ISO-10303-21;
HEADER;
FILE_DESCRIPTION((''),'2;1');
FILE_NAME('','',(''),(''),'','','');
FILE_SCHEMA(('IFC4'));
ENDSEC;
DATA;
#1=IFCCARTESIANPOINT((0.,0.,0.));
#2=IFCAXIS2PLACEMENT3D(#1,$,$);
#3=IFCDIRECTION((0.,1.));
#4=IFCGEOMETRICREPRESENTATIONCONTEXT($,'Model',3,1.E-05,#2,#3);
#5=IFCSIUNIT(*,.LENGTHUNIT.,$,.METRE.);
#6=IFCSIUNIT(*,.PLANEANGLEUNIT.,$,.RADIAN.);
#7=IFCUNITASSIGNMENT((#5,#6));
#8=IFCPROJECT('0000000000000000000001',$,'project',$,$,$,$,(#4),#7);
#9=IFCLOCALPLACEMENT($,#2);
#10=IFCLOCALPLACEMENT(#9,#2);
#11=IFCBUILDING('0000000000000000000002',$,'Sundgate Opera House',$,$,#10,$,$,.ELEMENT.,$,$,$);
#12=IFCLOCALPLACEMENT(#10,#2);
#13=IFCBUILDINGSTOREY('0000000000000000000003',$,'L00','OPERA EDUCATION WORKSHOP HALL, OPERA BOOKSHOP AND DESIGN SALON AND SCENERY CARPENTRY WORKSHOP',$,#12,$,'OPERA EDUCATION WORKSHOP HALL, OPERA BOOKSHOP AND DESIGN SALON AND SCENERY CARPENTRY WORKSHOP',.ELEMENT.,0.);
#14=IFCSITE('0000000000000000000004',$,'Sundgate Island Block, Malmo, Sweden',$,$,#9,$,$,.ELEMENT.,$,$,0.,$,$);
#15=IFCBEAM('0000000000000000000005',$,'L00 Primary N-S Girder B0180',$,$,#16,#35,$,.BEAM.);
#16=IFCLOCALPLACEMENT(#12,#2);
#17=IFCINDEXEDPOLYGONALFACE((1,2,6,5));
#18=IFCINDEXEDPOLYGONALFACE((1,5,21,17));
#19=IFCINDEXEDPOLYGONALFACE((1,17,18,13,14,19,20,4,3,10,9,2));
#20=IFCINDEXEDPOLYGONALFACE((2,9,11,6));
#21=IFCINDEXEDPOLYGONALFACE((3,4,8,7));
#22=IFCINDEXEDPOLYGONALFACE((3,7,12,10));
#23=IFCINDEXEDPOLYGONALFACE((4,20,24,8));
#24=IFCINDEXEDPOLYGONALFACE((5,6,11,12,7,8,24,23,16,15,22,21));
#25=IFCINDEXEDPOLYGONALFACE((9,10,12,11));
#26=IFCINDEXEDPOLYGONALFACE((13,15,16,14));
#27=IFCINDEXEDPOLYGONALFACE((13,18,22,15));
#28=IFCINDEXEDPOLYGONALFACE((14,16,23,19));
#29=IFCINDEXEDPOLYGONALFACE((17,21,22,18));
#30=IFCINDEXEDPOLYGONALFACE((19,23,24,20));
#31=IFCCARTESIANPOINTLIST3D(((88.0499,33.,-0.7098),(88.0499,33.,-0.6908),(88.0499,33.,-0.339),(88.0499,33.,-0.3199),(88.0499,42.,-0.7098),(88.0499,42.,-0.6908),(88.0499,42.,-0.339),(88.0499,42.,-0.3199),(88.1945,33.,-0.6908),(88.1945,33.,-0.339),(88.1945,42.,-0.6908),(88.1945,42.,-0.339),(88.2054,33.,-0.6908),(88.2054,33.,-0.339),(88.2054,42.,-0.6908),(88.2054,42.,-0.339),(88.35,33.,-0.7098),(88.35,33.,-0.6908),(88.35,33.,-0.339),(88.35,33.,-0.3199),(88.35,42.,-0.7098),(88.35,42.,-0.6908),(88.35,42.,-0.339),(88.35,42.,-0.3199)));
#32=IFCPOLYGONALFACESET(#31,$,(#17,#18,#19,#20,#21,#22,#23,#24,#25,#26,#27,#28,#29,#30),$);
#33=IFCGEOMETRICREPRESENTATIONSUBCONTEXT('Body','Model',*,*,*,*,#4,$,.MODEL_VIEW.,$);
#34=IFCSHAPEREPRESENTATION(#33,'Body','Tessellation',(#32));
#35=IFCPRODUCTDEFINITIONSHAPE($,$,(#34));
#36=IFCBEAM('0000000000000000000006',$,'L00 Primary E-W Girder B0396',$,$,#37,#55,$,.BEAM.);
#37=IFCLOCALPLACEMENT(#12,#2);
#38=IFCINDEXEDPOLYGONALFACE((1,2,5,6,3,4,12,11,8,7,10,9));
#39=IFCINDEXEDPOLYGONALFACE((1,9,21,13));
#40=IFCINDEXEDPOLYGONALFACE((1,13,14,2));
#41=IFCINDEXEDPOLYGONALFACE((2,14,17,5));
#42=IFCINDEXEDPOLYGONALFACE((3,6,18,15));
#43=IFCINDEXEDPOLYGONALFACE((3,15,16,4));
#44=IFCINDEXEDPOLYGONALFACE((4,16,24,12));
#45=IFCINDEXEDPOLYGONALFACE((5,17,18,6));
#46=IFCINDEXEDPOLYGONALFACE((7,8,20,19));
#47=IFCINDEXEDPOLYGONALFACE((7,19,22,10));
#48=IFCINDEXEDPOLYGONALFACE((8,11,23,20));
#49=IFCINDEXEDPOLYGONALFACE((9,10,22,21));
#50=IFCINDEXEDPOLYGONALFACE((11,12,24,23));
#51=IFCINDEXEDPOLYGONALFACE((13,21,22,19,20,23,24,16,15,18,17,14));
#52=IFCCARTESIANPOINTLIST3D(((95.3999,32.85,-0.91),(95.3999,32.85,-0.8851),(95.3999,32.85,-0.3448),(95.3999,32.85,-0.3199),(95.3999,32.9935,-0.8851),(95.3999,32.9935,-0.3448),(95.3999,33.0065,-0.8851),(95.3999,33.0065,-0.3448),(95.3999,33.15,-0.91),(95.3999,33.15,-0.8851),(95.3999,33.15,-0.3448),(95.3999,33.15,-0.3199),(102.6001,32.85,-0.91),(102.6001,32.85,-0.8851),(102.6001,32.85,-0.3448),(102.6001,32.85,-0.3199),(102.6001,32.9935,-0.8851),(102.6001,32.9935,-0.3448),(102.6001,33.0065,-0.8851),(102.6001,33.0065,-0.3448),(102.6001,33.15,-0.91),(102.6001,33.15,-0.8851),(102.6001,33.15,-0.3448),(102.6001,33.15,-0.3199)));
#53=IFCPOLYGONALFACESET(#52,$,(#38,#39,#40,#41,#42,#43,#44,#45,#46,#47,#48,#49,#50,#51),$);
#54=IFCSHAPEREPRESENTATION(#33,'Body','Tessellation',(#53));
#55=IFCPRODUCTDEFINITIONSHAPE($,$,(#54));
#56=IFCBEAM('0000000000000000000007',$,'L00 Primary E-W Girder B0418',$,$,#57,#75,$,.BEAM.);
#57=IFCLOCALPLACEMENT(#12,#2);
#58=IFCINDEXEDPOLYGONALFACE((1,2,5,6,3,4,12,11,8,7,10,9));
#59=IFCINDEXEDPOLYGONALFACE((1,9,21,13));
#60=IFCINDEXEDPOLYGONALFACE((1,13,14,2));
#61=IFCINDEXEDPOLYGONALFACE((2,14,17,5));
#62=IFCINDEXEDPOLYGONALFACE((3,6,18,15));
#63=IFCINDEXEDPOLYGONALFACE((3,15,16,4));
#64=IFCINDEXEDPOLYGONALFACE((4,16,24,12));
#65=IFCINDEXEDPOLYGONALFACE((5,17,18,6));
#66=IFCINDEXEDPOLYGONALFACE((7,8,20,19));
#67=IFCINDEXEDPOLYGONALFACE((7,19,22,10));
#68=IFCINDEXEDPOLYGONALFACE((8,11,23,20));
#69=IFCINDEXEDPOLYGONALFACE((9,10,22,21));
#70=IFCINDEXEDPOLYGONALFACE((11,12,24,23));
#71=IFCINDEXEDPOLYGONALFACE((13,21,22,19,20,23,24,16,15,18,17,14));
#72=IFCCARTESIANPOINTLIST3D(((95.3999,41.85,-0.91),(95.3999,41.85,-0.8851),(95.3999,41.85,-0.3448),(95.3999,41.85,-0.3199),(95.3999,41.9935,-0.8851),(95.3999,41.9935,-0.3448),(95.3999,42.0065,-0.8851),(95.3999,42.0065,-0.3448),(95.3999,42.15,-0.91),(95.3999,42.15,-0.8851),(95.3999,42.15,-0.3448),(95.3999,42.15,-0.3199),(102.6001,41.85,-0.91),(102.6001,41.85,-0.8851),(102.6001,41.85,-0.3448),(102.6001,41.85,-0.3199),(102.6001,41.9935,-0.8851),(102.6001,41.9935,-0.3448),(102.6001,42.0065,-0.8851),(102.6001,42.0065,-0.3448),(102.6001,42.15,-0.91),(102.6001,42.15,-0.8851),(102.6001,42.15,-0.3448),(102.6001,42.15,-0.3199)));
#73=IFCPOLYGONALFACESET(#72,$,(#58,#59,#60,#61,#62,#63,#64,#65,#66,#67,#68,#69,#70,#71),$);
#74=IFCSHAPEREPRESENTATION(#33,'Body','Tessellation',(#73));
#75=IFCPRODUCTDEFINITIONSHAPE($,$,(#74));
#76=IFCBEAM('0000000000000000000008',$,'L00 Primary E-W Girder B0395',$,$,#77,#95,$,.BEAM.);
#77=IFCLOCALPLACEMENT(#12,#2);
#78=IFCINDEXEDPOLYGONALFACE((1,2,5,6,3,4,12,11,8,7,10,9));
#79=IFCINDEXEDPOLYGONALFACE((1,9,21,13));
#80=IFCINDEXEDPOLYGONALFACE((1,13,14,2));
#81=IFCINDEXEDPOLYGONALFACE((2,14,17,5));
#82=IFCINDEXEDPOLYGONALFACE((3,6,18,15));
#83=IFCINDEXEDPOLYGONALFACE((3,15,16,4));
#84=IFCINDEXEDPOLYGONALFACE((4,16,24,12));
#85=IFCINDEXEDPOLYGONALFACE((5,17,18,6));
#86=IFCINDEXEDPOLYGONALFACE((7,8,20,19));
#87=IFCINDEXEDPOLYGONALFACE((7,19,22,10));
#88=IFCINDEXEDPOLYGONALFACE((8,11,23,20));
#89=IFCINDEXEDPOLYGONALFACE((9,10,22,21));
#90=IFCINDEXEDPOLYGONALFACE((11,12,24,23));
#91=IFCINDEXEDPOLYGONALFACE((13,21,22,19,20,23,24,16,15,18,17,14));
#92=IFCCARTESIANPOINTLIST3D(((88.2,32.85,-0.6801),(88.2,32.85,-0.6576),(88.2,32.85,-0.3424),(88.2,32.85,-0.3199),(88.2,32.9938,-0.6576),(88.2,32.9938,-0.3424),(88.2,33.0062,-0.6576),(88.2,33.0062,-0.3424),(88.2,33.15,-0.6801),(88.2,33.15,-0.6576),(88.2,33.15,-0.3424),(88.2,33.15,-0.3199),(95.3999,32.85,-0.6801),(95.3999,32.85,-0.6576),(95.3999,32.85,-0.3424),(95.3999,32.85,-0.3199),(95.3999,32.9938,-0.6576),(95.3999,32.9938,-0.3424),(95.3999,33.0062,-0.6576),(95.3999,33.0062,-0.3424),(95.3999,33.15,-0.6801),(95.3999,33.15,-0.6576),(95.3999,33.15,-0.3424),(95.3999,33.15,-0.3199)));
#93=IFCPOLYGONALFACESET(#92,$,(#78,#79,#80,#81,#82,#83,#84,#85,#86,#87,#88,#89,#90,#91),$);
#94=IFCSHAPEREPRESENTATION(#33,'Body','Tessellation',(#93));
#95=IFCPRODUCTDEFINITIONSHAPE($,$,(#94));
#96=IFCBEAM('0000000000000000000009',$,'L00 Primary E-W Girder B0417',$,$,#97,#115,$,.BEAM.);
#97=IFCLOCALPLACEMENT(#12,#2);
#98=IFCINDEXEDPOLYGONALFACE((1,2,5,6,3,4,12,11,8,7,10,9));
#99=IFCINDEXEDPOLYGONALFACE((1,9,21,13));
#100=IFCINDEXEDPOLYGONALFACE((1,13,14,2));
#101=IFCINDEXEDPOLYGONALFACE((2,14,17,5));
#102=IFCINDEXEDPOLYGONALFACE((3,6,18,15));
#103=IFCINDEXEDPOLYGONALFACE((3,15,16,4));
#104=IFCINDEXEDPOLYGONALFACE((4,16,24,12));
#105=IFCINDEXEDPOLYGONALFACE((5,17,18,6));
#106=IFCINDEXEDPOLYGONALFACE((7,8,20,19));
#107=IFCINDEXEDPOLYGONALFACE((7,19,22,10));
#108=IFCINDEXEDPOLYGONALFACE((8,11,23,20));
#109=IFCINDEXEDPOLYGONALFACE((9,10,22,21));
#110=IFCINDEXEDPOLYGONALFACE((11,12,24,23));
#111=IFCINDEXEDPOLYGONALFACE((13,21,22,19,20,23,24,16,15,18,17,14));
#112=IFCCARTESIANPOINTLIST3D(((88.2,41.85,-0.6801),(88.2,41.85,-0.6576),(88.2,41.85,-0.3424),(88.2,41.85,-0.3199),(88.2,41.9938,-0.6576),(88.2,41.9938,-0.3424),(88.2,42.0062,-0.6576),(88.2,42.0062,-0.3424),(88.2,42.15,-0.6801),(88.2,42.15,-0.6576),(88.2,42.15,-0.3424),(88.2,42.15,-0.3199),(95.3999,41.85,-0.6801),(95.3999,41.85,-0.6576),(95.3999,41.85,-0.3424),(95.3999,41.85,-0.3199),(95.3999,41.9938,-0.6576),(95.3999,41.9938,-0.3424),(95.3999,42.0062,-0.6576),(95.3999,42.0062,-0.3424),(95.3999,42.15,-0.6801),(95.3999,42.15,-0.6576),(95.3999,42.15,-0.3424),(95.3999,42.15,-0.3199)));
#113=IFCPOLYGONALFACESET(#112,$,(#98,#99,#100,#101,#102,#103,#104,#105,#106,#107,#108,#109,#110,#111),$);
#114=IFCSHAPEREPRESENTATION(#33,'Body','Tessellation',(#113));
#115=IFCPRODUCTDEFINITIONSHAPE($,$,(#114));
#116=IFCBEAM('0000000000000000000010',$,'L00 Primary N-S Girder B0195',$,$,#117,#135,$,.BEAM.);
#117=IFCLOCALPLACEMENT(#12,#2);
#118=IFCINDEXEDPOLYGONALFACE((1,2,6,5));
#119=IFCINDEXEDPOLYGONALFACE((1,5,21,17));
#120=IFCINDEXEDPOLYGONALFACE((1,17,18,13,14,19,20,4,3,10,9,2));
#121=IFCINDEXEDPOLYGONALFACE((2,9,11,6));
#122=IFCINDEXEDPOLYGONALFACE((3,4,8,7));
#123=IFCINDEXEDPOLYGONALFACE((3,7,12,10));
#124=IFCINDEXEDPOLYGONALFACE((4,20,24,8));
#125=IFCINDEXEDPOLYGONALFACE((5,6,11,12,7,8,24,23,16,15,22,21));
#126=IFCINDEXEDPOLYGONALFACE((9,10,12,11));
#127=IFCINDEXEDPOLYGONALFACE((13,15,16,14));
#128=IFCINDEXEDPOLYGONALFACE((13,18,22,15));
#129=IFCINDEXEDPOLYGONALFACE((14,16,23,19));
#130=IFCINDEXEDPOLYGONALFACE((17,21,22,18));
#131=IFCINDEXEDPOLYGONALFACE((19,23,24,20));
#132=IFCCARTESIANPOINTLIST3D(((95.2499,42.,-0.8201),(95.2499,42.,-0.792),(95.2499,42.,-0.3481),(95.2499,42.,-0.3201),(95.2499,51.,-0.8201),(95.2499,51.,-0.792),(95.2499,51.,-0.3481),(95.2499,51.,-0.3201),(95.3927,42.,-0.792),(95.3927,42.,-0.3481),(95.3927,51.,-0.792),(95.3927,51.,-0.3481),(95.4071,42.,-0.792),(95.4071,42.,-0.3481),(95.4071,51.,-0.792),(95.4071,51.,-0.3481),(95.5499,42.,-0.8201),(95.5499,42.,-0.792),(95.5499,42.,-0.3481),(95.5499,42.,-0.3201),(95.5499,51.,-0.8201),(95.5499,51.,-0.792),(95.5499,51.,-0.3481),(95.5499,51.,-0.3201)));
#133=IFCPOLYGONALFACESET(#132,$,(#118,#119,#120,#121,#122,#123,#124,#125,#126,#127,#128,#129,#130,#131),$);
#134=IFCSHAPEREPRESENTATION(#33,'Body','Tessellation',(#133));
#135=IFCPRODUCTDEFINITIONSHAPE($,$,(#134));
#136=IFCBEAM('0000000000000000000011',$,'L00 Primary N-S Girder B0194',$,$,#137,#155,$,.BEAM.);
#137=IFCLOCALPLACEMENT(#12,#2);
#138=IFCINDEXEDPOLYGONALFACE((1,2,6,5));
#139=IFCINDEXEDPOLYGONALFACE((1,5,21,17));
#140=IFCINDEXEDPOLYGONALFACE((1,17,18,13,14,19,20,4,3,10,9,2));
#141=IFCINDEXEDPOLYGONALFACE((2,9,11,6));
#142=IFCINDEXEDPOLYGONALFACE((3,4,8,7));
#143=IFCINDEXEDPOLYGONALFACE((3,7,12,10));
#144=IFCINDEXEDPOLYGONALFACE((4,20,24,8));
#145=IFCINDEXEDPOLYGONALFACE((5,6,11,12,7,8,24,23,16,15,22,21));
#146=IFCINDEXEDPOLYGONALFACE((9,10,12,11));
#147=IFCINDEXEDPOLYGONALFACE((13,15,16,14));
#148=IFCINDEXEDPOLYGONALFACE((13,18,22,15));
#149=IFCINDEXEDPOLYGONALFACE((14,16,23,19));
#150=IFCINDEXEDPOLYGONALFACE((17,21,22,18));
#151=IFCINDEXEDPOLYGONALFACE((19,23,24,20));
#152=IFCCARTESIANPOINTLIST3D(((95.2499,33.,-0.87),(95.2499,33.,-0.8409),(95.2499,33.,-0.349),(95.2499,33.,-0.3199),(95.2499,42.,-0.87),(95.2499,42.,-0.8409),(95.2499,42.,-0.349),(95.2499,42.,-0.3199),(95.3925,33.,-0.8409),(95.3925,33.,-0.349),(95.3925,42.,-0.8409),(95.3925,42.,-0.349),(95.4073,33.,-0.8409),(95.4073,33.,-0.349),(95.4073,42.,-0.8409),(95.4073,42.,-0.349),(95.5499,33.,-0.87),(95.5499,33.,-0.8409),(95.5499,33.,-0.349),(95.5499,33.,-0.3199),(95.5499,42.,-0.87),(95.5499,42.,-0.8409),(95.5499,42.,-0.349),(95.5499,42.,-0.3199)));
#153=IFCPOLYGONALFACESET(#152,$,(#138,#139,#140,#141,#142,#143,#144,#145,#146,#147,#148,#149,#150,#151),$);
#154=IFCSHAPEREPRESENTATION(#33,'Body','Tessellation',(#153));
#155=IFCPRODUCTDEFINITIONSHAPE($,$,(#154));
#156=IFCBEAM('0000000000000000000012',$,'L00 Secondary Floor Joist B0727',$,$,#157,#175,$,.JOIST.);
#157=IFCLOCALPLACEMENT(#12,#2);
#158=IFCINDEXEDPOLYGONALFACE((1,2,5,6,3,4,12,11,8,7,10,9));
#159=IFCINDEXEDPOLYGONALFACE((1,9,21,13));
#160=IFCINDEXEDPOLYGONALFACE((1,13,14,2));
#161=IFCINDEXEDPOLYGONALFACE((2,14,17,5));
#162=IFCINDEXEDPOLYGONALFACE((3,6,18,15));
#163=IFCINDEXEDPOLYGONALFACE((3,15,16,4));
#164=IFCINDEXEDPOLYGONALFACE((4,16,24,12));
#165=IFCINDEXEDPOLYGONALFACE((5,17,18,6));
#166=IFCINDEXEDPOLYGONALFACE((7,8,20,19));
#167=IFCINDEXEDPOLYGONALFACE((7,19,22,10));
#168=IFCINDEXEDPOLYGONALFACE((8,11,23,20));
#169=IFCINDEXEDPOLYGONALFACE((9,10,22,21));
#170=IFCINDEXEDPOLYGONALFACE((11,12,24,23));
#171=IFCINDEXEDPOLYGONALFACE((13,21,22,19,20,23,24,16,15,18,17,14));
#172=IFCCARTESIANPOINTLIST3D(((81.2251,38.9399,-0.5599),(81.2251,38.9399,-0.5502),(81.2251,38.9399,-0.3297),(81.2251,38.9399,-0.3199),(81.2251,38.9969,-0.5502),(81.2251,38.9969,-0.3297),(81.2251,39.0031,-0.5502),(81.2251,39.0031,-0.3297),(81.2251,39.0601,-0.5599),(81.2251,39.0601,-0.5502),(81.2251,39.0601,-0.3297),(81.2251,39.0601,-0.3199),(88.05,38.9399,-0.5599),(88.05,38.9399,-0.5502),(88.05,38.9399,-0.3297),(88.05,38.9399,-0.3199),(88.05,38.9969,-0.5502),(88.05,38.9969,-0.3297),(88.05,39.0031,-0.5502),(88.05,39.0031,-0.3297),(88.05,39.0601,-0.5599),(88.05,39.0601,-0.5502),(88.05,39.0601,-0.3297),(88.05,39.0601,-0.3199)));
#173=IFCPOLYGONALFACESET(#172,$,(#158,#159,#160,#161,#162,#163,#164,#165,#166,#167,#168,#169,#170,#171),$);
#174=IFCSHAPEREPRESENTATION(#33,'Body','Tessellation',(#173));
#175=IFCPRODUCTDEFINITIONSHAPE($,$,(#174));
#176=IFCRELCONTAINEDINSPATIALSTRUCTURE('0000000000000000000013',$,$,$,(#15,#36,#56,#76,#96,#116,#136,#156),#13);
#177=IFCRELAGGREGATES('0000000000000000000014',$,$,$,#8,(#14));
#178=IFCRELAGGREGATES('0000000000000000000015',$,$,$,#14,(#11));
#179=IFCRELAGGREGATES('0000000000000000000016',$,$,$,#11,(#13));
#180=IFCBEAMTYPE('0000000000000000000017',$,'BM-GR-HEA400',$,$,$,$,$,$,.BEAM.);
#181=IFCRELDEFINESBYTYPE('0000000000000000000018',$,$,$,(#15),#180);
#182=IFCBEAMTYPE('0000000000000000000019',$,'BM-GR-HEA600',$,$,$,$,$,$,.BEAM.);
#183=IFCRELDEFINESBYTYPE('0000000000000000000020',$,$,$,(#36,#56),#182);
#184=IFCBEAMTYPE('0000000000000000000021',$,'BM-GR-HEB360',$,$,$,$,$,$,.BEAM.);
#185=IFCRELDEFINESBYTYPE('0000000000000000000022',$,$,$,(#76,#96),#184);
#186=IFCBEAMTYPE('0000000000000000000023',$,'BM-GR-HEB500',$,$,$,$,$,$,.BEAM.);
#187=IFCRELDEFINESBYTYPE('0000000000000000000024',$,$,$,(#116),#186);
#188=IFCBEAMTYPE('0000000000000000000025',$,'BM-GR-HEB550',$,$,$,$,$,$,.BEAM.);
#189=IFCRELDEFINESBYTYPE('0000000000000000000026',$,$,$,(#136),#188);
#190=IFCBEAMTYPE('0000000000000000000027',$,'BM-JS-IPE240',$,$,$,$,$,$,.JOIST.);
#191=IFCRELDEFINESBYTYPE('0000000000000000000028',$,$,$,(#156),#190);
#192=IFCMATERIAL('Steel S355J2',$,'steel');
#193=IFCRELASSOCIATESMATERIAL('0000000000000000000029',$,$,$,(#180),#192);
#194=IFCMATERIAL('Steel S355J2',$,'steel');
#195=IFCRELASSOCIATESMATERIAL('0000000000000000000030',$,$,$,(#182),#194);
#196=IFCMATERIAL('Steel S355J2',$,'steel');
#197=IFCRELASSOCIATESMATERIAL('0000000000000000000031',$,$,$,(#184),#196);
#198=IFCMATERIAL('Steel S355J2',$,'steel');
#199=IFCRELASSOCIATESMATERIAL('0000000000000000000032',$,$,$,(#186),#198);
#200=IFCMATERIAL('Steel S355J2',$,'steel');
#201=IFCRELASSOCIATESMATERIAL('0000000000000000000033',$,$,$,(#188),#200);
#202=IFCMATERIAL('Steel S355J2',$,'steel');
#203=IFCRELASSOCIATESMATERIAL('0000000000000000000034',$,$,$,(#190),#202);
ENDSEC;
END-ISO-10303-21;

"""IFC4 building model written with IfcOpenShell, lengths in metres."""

from ifc_helpers import new_model, si_unit, direction, frame, origin, origin_2d, place, context, subcontext, project, spatial, i_section, extrude, material, material_profile, profile_set, type_object, element, save


model = new_model("IFC4")

# Units and contexts
model_context = context("Model", 3, precision=1e-05, world=origin(), true_north=direction((0.0, 1.0)))
body_context = subcontext(model_context, "Body", "Model", "MODEL_VIEW")
ifc_project = project(units=[si_unit("LENGTHUNIT", "METRE"), si_unit("PLANEANGLEUNIT", "RADIAN")], contexts=[model_context])

# Site, building, storey
site_placement = place(None, origin())
site = spatial("IfcSite", under=ifc_project, at=site_placement, Name="Sundgate Island Block, Malmo, Sweden", CompositionType="ELEMENT", RefElevation=0.0)
building_placement = place(site_placement, origin())
building = spatial("IfcBuilding", under=site, at=building_placement, Name="Sundgate Opera House", CompositionType="ELEMENT")
storey_placement = place(building_placement, origin())
storey = spatial("IfcBuildingStorey", under=building, at=storey_placement, Name="L00", Description="OPERA EDUCATION WORKSHOP HALL, OPERA BOOKSHOP AND DESIGN SALON AND SCENERY CARPENTRY WORKSHOP", LongName="OPERA EDUCATION WORKSHOP HALL, OPERA BOOKSHOP AND DESIGN SALON AND SCENERY CARPENTRY WORKSHOP", CompositionType="ELEMENT", Elevation=0.0)

# Beams
ifc_material_1 = material(Name="Steel S355J2", Category="steel")
ifc_material_profile_1 = material_profile(ifc_material_1, i_section(OverallWidth=0.3, OverallDepth=0.3899, WebThickness=0.011, FlangeThickness=0.019, at=origin_2d()), Name="HEA 400")
ifc_profile_set_1 = profile_set([ifc_material_profile_1], Name="Steel S355J2")
beam_type_1 = type_object("IfcBeamType", Name="BM-GR-HEA400", PredefinedType="BEAM", material=ifc_profile_set_1)
beam_1_placement = place(storey_placement, frame((88.2, 33.0, -0.5149), z_axis=(0.0, 1.0, 0.0), x_axis=(-1.0, 0.0, 0.0)))
element("IfcBeam", 1, at=beam_1_placement, inside=storey, type_object=beam_type_1, Name="L00 Primary N-S Girder B0180", PredefinedType="BEAM", context=body_context, shape_type="SweptSolid", body=[
    extrude(i_section(OverallWidth=0.3, OverallDepth=0.3899, WebThickness=0.011, FlangeThickness=0.019, at=origin_2d()), origin(), (0.0, 0.0, 1.0), 9.0),
])
ifc_material_2 = material(Name="Steel S355J2", Category="steel")
ifc_material_profile_2 = material_profile(ifc_material_2, i_section(OverallWidth=0.3, OverallDepth=0.5901, WebThickness=0.0129, FlangeThickness=0.0249, at=origin_2d()), Name="HEA 600")
ifc_profile_set_2 = profile_set([ifc_material_profile_2], Name="Steel S355J2")
beam_type_2 = type_object("IfcBeamType", Name="BM-GR-HEA600", PredefinedType="BEAM", material=ifc_profile_set_2)
for number, where, z_axis, x_axis, name in (
    (2, (95.3999, 33.0, -0.615), (1.0, 0.0, 0.0), (0.0, 1.0, 0.0), "L00 Primary E-W Girder B0396"),
    (3, (95.3999, 42.0, -0.615), (1.0, 0.0, 0.0), (0.0, 1.0, 0.0), "L00 Primary E-W Girder B0418"),
):
    element("IfcBeam", number, at=place(storey_placement, frame(where, z_axis=z_axis, x_axis=x_axis)), inside=storey, type_object=beam_type_2, Name=name, PredefinedType="BEAM", context=body_context, shape_type="SweptSolid", body=[
        extrude(i_section(OverallWidth=0.3, OverallDepth=0.5901, WebThickness=0.0129, FlangeThickness=0.0249, at=origin_2d()), origin(), (0.0, 0.0, 1.0), 7.2002),
    ])
ifc_material_3 = material(Name="Steel S355J2", Category="steel")
ifc_material_profile_3 = material_profile(ifc_material_3, i_section(OverallWidth=0.3, OverallDepth=0.3601, WebThickness=0.0125, FlangeThickness=0.0225, at=origin_2d()), Name="HEB 360")
ifc_profile_set_3 = profile_set([ifc_material_profile_3], Name="Steel S355J2")
beam_type_3 = type_object("IfcBeamType", Name="BM-GR-HEB360", PredefinedType="BEAM", material=ifc_profile_set_3)
for number, where, z_axis, x_axis, name in (
    (4, (88.2, 33.0, -0.5), (1.0, 0.0, 0.0), (0.0, 1.0, 0.0), "L00 Primary E-W Girder B0395"),
    (5, (88.2, 42.0, -0.5), (1.0, 0.0, 0.0), (0.0, 1.0, 0.0), "L00 Primary E-W Girder B0417"),
):
    element("IfcBeam", number, at=place(storey_placement, frame(where, z_axis=z_axis, x_axis=x_axis)), inside=storey, type_object=beam_type_3, Name=name, PredefinedType="BEAM", context=body_context, shape_type="SweptSolid", body=[
        extrude(i_section(OverallWidth=0.3, OverallDepth=0.3601, WebThickness=0.0125, FlangeThickness=0.0225, at=origin_2d()), origin(), (0.0, 0.0, 1.0), 7.2),
    ])
ifc_material_4 = material(Name="Steel S355J2", Category="steel")
ifc_material_profile_4 = material_profile(ifc_material_4, i_section(OverallWidth=0.3, OverallDepth=0.5, WebThickness=0.0144, FlangeThickness=0.0281, at=origin_2d()), Name="HEB 500")
ifc_profile_set_4 = profile_set([ifc_material_profile_4], Name="Steel S355J2")
beam_type_4 = type_object("IfcBeamType", Name="BM-GR-HEB500", PredefinedType="BEAM", material=ifc_profile_set_4)
beam_2_placement = place(storey_placement, frame((95.3999, 42.0, -0.5701), z_axis=(0.0, 1.0, 0.0), x_axis=(-1.0, 0.0, 0.0)))
element("IfcBeam", 6, at=beam_2_placement, inside=storey, type_object=beam_type_4, Name="L00 Primary N-S Girder B0195", PredefinedType="BEAM", context=body_context, shape_type="SweptSolid", body=[
    extrude(i_section(OverallWidth=0.3, OverallDepth=0.5, WebThickness=0.0144, FlangeThickness=0.0281, at=origin_2d()), origin(), (0.0, 0.0, 1.0), 9.0),
])
ifc_material_5 = material(Name="Steel S355J2", Category="steel")
ifc_material_profile_5 = material_profile(ifc_material_5, i_section(OverallWidth=0.3, OverallDepth=0.55, WebThickness=0.0149, FlangeThickness=0.0291, at=origin_2d()), Name="HEB 550")
ifc_profile_set_5 = profile_set([ifc_material_profile_5], Name="Steel S355J2")
beam_type_5 = type_object("IfcBeamType", Name="BM-GR-HEB550", PredefinedType="BEAM", material=ifc_profile_set_5)
beam_3_placement = place(storey_placement, frame((95.3999, 33.0, -0.595), z_axis=(0.0, 1.0, 0.0), x_axis=(-1.0, 0.0, 0.0)))
element("IfcBeam", 7, at=beam_3_placement, inside=storey, type_object=beam_type_5, Name="L00 Primary N-S Girder B0194", PredefinedType="BEAM", context=body_context, shape_type="SweptSolid", body=[
    extrude(i_section(OverallWidth=0.3, OverallDepth=0.55, WebThickness=0.0149, FlangeThickness=0.0291, at=origin_2d()), origin(), (0.0, 0.0, 1.0), 9.0),
])
ifc_material_6 = material(Name="Steel S355J2", Category="steel")
ifc_material_profile_6 = material_profile(ifc_material_6, i_section(OverallWidth=0.1201, OverallDepth=0.24, WebThickness=0.0061, FlangeThickness=0.0098, at=origin_2d()), Name="IPE 240")
ifc_profile_set_6 = profile_set([ifc_material_profile_6], Name="Steel S355J2")
beam_type_6 = type_object("IfcBeamType", Name="BM-JS-IPE240", PredefinedType="JOIST", material=ifc_profile_set_6)
beam_4_placement = place(storey_placement, frame((81.2251, 39.0, -0.4399), z_axis=(1.0, 0.0, 0.0), x_axis=(0.0, 1.0, 0.0)))
element("IfcBeam", 8, at=beam_4_placement, inside=storey, type_object=beam_type_6, Name="L00 Secondary Floor Joist B0727", PredefinedType="JOIST", context=body_context, shape_type="SweptSolid", body=[
    extrude(i_section(OverallWidth=0.1201, OverallDepth=0.24, WebThickness=0.0061, FlangeThickness=0.0098, at=origin_2d()), origin(), (0.0, 0.0, 1.0), 6.825),
])

save(model, "model.ifc")
